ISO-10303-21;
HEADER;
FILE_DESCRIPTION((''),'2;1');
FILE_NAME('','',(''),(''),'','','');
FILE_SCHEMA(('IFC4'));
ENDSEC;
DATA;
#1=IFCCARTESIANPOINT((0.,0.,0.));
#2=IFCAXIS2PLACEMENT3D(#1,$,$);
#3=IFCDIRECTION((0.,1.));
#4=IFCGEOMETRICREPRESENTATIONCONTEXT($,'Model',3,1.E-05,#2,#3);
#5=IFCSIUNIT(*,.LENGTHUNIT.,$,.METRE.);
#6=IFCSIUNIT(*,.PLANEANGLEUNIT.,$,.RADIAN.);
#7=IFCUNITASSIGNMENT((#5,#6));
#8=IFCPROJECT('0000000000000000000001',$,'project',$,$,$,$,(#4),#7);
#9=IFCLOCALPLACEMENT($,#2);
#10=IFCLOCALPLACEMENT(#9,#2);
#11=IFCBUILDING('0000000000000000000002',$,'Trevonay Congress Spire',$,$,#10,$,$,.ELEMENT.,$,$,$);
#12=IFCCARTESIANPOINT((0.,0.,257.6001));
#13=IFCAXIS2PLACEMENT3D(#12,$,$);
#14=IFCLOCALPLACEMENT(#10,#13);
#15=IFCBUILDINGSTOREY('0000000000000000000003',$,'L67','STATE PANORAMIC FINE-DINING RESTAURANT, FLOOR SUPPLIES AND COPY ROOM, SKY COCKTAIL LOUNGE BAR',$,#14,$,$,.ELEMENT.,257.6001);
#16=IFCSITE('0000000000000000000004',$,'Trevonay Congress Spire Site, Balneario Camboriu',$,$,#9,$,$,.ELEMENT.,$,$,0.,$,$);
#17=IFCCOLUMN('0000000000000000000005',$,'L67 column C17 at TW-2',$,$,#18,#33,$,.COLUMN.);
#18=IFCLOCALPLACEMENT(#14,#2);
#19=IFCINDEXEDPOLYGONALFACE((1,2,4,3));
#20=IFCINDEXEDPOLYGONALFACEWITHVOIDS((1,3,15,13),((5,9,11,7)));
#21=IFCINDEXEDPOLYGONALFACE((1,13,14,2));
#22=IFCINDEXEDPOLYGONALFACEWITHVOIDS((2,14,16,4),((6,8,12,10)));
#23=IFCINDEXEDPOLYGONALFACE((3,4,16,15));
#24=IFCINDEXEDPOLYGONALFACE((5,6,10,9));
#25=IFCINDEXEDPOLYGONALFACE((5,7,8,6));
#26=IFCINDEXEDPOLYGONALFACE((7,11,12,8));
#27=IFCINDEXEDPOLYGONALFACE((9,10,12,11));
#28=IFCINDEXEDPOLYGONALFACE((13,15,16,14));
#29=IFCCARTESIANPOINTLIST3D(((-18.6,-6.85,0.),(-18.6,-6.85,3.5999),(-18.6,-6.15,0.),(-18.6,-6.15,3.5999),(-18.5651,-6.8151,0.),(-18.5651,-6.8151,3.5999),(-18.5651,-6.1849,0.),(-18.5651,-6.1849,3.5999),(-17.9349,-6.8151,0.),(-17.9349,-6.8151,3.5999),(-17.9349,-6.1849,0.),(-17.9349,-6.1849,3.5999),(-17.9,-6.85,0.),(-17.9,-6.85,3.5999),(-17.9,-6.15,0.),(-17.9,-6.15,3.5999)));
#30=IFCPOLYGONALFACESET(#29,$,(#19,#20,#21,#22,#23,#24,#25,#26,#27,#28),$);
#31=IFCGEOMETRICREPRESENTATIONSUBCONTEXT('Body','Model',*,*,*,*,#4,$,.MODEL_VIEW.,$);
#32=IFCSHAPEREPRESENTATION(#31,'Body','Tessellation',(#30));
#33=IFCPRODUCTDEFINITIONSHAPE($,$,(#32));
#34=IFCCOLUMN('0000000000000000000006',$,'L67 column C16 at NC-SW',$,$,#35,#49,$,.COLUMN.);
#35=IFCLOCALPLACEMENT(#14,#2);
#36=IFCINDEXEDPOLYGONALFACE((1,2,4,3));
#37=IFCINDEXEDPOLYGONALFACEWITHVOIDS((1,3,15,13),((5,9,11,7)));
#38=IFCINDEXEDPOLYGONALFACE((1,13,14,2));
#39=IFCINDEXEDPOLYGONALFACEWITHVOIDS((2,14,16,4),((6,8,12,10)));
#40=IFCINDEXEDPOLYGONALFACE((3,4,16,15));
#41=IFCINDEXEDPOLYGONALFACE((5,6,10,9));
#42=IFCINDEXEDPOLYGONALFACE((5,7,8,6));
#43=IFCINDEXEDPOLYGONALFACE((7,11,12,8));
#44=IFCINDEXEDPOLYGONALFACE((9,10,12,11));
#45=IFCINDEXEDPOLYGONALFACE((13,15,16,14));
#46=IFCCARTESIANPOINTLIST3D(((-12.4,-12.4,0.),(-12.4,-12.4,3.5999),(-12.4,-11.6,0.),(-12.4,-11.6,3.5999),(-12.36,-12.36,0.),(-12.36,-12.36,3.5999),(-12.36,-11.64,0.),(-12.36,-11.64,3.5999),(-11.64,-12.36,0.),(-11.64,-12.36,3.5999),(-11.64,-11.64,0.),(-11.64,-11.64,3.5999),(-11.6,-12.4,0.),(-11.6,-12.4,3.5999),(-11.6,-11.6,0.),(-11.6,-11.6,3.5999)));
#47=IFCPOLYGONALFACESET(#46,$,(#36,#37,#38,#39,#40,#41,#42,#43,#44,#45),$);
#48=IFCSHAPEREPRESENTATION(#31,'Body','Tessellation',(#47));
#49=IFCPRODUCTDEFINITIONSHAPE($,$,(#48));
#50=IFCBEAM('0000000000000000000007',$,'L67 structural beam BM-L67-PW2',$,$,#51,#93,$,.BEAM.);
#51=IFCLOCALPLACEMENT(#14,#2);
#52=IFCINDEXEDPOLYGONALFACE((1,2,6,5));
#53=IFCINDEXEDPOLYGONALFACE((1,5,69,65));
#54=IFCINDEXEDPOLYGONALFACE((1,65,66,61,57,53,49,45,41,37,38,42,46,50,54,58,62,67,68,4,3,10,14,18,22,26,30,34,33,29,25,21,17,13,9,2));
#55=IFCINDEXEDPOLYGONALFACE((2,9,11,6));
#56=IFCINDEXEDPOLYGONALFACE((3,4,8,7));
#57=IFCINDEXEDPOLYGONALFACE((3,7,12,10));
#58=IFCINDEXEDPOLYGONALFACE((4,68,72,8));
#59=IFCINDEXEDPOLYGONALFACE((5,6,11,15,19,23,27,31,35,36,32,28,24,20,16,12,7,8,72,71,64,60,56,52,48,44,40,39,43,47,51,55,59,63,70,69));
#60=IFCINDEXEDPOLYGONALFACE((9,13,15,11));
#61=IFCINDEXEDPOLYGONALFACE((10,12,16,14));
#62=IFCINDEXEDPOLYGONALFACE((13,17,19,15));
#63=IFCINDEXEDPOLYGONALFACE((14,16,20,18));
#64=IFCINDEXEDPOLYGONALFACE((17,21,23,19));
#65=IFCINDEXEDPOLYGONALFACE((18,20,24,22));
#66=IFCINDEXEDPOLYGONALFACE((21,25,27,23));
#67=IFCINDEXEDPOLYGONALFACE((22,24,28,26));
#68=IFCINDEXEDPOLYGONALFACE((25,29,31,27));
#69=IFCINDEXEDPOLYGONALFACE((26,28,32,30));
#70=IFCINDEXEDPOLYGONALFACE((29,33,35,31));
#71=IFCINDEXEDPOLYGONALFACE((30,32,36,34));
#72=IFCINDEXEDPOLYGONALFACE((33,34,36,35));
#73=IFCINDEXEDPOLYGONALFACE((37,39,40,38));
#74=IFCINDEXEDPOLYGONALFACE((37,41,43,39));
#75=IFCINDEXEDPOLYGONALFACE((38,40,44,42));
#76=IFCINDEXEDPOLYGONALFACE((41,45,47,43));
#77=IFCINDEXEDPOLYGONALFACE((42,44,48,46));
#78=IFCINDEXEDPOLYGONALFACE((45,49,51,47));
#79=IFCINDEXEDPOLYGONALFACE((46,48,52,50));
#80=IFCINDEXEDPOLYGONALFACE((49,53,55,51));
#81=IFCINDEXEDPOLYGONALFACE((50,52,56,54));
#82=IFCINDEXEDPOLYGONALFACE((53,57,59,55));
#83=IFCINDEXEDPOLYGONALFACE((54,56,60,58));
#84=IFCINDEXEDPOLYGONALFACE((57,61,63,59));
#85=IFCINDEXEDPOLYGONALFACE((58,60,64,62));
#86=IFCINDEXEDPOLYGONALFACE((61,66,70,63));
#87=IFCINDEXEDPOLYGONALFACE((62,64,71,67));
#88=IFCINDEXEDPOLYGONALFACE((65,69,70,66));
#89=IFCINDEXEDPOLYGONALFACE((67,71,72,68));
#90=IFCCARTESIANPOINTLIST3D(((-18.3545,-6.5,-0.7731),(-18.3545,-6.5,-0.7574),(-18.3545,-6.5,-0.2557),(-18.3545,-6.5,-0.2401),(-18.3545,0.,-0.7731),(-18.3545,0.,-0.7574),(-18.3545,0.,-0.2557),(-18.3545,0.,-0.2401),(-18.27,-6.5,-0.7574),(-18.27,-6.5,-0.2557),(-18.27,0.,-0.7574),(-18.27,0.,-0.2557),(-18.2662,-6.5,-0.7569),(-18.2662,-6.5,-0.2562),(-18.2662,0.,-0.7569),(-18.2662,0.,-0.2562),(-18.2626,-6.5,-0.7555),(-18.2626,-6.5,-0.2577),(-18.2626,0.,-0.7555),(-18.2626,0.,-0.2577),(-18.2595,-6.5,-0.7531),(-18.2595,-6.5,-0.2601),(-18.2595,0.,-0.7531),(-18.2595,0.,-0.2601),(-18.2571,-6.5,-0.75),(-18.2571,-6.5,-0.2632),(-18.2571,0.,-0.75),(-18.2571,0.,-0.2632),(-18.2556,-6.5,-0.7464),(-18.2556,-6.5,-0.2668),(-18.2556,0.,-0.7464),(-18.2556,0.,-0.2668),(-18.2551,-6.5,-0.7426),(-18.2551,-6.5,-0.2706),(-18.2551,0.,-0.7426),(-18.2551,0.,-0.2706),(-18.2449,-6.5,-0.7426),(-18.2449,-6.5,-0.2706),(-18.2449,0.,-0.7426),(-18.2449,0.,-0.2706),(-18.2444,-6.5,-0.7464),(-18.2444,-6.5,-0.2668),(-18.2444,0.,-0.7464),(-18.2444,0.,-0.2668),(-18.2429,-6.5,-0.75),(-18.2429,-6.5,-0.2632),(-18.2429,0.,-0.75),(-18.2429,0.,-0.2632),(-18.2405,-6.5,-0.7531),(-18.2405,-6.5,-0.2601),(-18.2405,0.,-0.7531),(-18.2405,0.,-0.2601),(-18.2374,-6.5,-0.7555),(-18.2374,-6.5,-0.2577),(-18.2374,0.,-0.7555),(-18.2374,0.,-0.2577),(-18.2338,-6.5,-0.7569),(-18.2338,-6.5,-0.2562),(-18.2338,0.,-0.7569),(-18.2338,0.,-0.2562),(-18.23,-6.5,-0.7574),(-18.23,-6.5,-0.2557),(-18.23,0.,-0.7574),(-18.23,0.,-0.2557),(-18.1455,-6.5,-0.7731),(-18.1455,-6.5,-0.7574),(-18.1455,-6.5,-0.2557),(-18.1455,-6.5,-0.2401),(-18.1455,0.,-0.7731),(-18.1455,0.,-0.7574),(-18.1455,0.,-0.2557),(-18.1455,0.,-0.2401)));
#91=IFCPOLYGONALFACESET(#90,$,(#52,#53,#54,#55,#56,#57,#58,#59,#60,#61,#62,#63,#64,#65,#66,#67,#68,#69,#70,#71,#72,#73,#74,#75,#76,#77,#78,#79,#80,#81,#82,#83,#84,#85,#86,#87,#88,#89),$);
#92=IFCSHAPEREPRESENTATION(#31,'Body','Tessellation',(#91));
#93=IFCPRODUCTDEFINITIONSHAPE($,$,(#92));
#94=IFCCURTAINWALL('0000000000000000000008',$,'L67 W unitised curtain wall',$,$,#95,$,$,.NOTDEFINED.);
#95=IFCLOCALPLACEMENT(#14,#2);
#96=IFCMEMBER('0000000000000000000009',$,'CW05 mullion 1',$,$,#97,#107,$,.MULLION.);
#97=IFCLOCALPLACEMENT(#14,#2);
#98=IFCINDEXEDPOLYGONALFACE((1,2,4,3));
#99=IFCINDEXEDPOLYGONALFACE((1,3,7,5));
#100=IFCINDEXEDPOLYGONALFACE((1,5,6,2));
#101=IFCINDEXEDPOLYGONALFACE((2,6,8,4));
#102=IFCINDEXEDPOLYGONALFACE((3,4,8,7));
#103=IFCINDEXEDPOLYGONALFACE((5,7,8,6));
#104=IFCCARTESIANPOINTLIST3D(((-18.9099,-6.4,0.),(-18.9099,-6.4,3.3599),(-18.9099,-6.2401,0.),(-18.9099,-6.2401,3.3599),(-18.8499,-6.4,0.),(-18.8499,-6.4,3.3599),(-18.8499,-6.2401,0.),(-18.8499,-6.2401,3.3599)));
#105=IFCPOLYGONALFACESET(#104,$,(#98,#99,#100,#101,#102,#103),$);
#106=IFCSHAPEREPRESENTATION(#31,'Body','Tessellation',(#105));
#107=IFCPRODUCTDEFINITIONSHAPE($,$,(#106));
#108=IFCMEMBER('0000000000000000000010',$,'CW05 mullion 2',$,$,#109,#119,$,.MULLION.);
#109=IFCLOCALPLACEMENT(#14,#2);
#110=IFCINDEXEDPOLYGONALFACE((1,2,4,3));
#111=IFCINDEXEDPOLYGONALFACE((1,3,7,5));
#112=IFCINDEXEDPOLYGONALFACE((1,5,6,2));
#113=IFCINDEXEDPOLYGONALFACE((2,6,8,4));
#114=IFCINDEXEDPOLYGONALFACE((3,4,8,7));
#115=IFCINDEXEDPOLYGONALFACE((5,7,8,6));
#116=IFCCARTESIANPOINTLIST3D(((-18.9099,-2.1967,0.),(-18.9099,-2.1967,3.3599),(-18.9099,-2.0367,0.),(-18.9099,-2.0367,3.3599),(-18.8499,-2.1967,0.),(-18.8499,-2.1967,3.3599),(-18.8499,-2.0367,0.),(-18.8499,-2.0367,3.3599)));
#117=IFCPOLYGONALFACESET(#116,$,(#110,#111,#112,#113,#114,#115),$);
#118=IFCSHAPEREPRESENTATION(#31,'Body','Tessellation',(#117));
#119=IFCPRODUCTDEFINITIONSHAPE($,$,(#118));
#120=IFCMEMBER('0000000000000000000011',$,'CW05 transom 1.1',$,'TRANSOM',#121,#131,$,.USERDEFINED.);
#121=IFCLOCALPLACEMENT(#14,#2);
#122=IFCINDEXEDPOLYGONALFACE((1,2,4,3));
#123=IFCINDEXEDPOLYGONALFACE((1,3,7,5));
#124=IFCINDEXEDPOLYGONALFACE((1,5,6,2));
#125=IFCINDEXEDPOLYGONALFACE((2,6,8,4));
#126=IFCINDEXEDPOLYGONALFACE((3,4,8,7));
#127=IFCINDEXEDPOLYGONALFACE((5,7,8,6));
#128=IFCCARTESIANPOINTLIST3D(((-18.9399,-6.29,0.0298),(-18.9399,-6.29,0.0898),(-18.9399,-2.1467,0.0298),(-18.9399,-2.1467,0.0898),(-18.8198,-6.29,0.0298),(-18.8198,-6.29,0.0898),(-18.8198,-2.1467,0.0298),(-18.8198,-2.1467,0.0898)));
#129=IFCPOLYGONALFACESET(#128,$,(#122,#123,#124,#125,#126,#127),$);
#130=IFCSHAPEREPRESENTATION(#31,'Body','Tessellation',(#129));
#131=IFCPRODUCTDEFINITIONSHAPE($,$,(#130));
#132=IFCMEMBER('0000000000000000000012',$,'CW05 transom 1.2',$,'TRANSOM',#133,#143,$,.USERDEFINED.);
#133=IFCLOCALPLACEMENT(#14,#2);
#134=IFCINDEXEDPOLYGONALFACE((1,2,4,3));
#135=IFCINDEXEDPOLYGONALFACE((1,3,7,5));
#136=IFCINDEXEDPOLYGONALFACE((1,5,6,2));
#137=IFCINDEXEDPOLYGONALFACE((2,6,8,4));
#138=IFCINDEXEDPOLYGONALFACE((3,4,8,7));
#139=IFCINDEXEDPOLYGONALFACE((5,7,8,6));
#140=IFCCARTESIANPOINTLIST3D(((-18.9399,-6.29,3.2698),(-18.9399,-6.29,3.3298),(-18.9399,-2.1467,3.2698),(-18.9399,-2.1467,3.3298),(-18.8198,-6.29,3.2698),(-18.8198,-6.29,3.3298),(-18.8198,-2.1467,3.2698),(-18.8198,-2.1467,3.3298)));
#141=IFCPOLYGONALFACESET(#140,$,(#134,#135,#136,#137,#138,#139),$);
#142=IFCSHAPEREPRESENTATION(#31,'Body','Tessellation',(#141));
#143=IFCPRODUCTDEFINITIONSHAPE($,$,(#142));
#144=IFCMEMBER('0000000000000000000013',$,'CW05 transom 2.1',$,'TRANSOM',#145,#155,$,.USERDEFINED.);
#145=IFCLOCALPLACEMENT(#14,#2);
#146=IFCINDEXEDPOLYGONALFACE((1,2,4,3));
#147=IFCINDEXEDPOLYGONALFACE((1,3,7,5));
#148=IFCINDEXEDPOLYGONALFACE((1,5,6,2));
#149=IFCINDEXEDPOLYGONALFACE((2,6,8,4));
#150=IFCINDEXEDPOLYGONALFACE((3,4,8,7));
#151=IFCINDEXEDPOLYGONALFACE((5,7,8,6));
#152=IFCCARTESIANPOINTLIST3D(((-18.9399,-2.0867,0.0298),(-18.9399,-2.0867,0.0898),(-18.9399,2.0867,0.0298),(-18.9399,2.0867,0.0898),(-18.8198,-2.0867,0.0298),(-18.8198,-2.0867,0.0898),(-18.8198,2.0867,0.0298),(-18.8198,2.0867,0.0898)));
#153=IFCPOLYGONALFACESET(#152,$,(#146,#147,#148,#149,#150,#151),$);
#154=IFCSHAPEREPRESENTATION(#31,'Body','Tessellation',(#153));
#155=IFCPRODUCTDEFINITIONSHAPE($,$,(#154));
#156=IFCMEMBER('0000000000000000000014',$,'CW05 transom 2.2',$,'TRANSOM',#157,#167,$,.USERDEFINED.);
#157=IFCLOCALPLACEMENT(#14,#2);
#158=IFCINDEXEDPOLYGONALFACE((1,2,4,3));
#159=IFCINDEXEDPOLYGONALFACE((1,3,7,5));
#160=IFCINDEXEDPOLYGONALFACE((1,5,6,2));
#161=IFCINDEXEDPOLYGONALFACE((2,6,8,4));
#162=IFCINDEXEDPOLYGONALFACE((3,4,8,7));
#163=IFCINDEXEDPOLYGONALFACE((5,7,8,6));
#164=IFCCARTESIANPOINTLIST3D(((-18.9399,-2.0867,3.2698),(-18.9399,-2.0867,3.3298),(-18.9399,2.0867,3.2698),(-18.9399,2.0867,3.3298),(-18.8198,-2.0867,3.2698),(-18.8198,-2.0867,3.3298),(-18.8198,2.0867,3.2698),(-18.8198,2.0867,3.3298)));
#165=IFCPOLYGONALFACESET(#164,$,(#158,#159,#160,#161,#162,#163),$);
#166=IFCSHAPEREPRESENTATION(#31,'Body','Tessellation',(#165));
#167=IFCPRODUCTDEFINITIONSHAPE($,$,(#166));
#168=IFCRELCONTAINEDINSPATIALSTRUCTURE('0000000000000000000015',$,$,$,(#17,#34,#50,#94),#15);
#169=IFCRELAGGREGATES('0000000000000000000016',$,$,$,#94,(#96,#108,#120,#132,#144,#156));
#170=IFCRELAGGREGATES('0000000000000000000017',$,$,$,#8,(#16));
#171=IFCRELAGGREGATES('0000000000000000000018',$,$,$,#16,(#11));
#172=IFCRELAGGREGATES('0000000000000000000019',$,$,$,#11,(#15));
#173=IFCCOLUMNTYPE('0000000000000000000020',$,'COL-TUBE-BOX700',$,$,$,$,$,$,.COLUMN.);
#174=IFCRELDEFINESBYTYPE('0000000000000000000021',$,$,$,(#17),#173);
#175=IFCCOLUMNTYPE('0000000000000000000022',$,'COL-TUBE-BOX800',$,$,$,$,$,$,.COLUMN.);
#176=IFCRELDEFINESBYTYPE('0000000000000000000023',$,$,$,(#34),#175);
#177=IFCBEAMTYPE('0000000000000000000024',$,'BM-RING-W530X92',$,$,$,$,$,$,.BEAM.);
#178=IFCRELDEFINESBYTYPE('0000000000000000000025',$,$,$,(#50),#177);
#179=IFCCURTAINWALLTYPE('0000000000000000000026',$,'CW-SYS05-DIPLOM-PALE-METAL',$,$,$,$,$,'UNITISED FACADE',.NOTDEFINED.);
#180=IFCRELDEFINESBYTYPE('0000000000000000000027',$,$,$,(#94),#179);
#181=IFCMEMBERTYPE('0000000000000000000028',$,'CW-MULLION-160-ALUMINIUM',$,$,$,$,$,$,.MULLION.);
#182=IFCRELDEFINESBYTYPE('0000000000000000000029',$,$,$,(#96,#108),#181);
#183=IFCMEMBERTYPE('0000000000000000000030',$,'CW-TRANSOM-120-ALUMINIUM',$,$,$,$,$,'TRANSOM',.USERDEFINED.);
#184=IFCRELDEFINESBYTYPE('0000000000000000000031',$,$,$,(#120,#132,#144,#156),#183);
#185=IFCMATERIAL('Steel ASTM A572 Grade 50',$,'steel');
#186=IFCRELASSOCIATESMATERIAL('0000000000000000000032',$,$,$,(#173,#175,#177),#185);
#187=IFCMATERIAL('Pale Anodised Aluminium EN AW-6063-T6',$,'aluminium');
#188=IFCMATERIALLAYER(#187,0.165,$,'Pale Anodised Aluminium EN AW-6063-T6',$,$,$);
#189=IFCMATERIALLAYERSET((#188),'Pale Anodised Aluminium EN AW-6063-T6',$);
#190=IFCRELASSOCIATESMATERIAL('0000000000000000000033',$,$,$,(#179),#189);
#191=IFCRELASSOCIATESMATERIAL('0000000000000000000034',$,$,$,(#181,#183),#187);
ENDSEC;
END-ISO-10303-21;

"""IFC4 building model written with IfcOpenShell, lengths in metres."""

from ifc_helpers import new_model, si_unit, direction, frame, origin, origin_2d, place, context, subcontext, project, spatial, rectangle, hollow_rectangle, i_section, extrude, material, layer, layer_set, material_profile, profile_set, type_object, element, aggregate, save


model = new_model("IFC4")

# Units and contexts
model_context = context("Model", 3, precision=1e-05, world=origin(), true_north=direction((0.0, 1.0)))
body_context = subcontext(model_context, "Body", "Model", "MODEL_VIEW")
ifc_project = project(units=[si_unit("LENGTHUNIT", "METRE"), si_unit("PLANEANGLEUNIT", "RADIAN")], contexts=[model_context])

# Site, building, storey
site_placement = place(None, origin())
site = spatial("IfcSite", under=ifc_project, at=site_placement, Name="Trevonay Congress Spire Site, Balneario Camboriu", CompositionType="ELEMENT", RefElevation=0.0)
building_placement = place(site_placement, origin())
building = spatial("IfcBuilding", under=site, at=building_placement, Name="Trevonay Congress Spire", CompositionType="ELEMENT")
storey_placement = place(building_placement, frame((0.0, 0.0, 257.6001)))
storey = spatial("IfcBuildingStorey", under=building, at=storey_placement, Name="L67", Description="STATE PANORAMIC FINE-DINING RESTAURANT, FLOOR SUPPLIES AND COPY ROOM, SKY COCKTAIL LOUNGE BAR", CompositionType="ELEMENT", Elevation=257.6001)

# Columns
ifc_material_1 = material(Name="Steel ASTM A572 Grade 50", Category="steel")
ifc_material_profile_1 = material_profile(ifc_material_1, hollow_rectangle(XDim=0.7, YDim=0.7, WallThickness=0.0349, at=origin_2d()), Name="BOX 700x700x35")
ifc_profile_set_1 = profile_set([ifc_material_profile_1], Name="Steel ASTM A572 Grade 50")
column_type_1 = type_object("IfcColumnType", Name="COL-TUBE-BOX700", PredefinedType="COLUMN", material=ifc_profile_set_1)
column_1_placement = place(storey_placement, frame((-18.25, -6.5, 0.0), z_axis=(0.0, 0.0, 1.0), x_axis=(1.0, 0.0, 0.0)))
element("IfcColumn", 1, at=column_1_placement, inside=storey, type_object=column_type_1, Name="L67 column C17 at TW-2", PredefinedType="COLUMN", context=body_context, shape_type="SweptSolid", body=[
    extrude(hollow_rectangle(XDim=0.7, YDim=0.7, WallThickness=0.0349, at=origin_2d()), origin(), (0.0, 0.0, 1.0), 3.5999),
])
ifc_material_profile_2 = material_profile(ifc_material_1, hollow_rectangle(XDim=0.8, YDim=0.8, WallThickness=0.04, at=origin_2d()), Name="BOX 800x800x40")
ifc_profile_set_2 = profile_set([ifc_material_profile_2], Name="Steel ASTM A572 Grade 50")
column_type_2 = type_object("IfcColumnType", Name="COL-TUBE-BOX800", PredefinedType="COLUMN", material=ifc_profile_set_2)
column_2_placement = place(storey_placement, frame((-12.0, -12.0, 0.0), z_axis=(0.0, 0.0, 1.0), x_axis=(1.0, 0.0, 0.0)))
element("IfcColumn", 2, at=column_2_placement, inside=storey, type_object=column_type_2, Name="L67 column C16 at NC-SW", PredefinedType="COLUMN", context=body_context, shape_type="SweptSolid", body=[
    extrude(hollow_rectangle(XDim=0.8, YDim=0.8, WallThickness=0.04, at=origin_2d()), origin(), (0.0, 0.0, 1.0), 3.5999),
])

# Beam
ifc_material_profile_3 = material_profile(ifc_material_1, i_section(OverallWidth=0.209, OverallDepth=0.533, WebThickness=0.0103, FlangeThickness=0.0156, FilletRadius=0.0149, at=origin_2d()), Name="W530x92")
ifc_profile_set_3 = profile_set([ifc_material_profile_3], Name="Steel ASTM A572 Grade 50")
beam_type_1 = type_object("IfcBeamType", Name="BM-RING-W530X92", PredefinedType="BEAM", material=ifc_profile_set_3)
beam_1_placement = place(storey_placement, frame((-18.25, -6.5, -0.5066), z_axis=(0.0, 1.0, 0.0), x_axis=(-1.0, 0.0, 0.0)))
element("IfcBeam", 3, at=beam_1_placement, inside=storey, type_object=beam_type_1, Name="L67 structural beam BM-L67-PW2", PredefinedType="BEAM", context=body_context, shape_type="SweptSolid", body=[
    extrude(i_section(OverallWidth=0.209, OverallDepth=0.533, WebThickness=0.0103, FlangeThickness=0.0156, FilletRadius=0.0149, at=origin_2d()), origin(), (0.0, 0.0, 1.0), 6.5),
])

# Curtain wall, members
ifc_material_2 = material(Name="Pale Anodised Aluminium EN AW-6063-T6", Category="aluminium")
ifc_layer_1 = layer(ifc_material_2, 0.165, Name="Pale Anodised Aluminium EN AW-6063-T6")
ifc_layer_set_1 = layer_set([ifc_layer_1], Name="Pale Anodised Aluminium EN AW-6063-T6")
curtain_wall_type = type_object("IfcCurtainWallType", Name="CW-SYS05-DIPLOM-PALE-METAL", ElementType="UNITISED FACADE", PredefinedType="NOTDEFINED", material=ifc_layer_set_1)
curtain_wall_placement = place(storey_placement, origin())
curtain_wall = element("IfcCurtainWall", 4, at=curtain_wall_placement, inside=storey, type_object=curtain_wall_type, Name="L67 W unitised curtain wall", PredefinedType="NOTDEFINED")
ifc_material_profile_4 = material_profile(ifc_material_2, rectangle(XDim=0.0601, YDim=0.1599, at=origin_2d()), Name="CW-MULLION-160-ALUMINIUM")
ifc_profile_set_4 = profile_set([ifc_material_profile_4], Name="Pale Anodised Aluminium EN AW-6063-T6")
member_type_1 = type_object("IfcMemberType", Name="CW-MULLION-160-ALUMINIUM", PredefinedType="MULLION", material=ifc_profile_set_4)
member_1_placement = place(storey_placement, frame((-18.8799, -6.3201, 0.0), z_axis=(0.0, 0.0, 1.0), x_axis=(-1.0, 0.0, 0.0)))
member_1 = element("IfcMember", 5, at=member_1_placement, type_object=member_type_1, Name="CW05 mullion 1", PredefinedType="MULLION", context=body_context, shape_type="SweptSolid", body=[
    extrude(rectangle(XDim=0.0601, YDim=0.1599, at=origin_2d()), origin(), (0.0, 0.0, 1.0), 3.3599),
])
member_2_placement = place(storey_placement, frame((-18.8799, -2.1167, 0.0), z_axis=(0.0, 0.0, 1.0), x_axis=(-1.0, 0.0, 0.0)))
member_2 = element("IfcMember", 6, at=member_2_placement, type_object=member_type_1, Name="CW05 mullion 2", PredefinedType="MULLION", context=body_context, shape_type="SweptSolid", body=[
    extrude(rectangle(XDim=0.0601, YDim=0.1599, at=origin_2d()), origin(), (0.0, 0.0, 1.0), 3.3599),
])
ifc_material_profile_5 = material_profile(ifc_material_2, rectangle(XDim=0.1201, YDim=0.0601, at=origin_2d()), Name="CW-TRANSOM-120-ALUMINIUM")
ifc_profile_set_5 = profile_set([ifc_material_profile_5], Name="Pale Anodised Aluminium EN AW-6063-T6")
member_type_2 = type_object("IfcMemberType", Name="CW-TRANSOM-120-ALUMINIUM", ElementType="TRANSOM", PredefinedType="USERDEFINED", material=ifc_profile_set_5)
member_3_placement = place(storey_placement, frame((-18.8799, -6.29, 0.0598), z_axis=(0.0, 1.0, 0.0), x_axis=(-1.0, 0.0, 0.0)))
member_3 = element("IfcMember", 7, at=member_3_placement, type_object=member_type_2, Name="CW05 transom 1.1", ObjectType="TRANSOM", PredefinedType="USERDEFINED", context=body_context, shape_type="SweptSolid", body=[
    extrude(rectangle(XDim=0.1201, YDim=0.0601, at=origin_2d()), origin(), (0.0, 0.0, 1.0), 4.1433),
])
member_4_placement = place(storey_placement, frame((-18.8799, -6.29, 3.2998), z_axis=(0.0, 1.0, 0.0), x_axis=(-1.0, 0.0, 0.0)))
member_4 = element("IfcMember", 8, at=member_4_placement, type_object=member_type_2, Name="CW05 transom 1.2", ObjectType="TRANSOM", PredefinedType="USERDEFINED", context=body_context, shape_type="SweptSolid", body=[
    extrude(rectangle(XDim=0.1201, YDim=0.0601, at=origin_2d()), origin(), (0.0, 0.0, 1.0), 4.1433),
])
member_5_placement = place(storey_placement, frame((-18.8799, -2.0867, 0.0598), z_axis=(0.0, 1.0, 0.0), x_axis=(-1.0, 0.0, 0.0)))
member_5 = element("IfcMember", 9, at=member_5_placement, type_object=member_type_2, Name="CW05 transom 2.1", ObjectType="TRANSOM", PredefinedType="USERDEFINED", context=body_context, shape_type="SweptSolid", body=[
    extrude(rectangle(XDim=0.1201, YDim=0.0601, at=origin_2d()), origin(), (0.0, 0.0, 1.0), 4.1733),
])
member_6_placement = place(storey_placement, frame((-18.8799, -2.0867, 3.2998), z_axis=(0.0, 1.0, 0.0), x_axis=(-1.0, 0.0, 0.0)))
member_6 = element("IfcMember", 10, at=member_6_placement, type_object=member_type_2, Name="CW05 transom 2.2", ObjectType="TRANSOM", PredefinedType="USERDEFINED", context=body_context, shape_type="SweptSolid", body=[
    extrude(rectangle(XDim=0.1201, YDim=0.0601, at=origin_2d()), origin(), (0.0, 0.0, 1.0), 4.1733),
])

aggregate(curtain_wall, [member_1, member_2, member_3, member_4, member_5, member_6])

save(model, "model.ifc")
